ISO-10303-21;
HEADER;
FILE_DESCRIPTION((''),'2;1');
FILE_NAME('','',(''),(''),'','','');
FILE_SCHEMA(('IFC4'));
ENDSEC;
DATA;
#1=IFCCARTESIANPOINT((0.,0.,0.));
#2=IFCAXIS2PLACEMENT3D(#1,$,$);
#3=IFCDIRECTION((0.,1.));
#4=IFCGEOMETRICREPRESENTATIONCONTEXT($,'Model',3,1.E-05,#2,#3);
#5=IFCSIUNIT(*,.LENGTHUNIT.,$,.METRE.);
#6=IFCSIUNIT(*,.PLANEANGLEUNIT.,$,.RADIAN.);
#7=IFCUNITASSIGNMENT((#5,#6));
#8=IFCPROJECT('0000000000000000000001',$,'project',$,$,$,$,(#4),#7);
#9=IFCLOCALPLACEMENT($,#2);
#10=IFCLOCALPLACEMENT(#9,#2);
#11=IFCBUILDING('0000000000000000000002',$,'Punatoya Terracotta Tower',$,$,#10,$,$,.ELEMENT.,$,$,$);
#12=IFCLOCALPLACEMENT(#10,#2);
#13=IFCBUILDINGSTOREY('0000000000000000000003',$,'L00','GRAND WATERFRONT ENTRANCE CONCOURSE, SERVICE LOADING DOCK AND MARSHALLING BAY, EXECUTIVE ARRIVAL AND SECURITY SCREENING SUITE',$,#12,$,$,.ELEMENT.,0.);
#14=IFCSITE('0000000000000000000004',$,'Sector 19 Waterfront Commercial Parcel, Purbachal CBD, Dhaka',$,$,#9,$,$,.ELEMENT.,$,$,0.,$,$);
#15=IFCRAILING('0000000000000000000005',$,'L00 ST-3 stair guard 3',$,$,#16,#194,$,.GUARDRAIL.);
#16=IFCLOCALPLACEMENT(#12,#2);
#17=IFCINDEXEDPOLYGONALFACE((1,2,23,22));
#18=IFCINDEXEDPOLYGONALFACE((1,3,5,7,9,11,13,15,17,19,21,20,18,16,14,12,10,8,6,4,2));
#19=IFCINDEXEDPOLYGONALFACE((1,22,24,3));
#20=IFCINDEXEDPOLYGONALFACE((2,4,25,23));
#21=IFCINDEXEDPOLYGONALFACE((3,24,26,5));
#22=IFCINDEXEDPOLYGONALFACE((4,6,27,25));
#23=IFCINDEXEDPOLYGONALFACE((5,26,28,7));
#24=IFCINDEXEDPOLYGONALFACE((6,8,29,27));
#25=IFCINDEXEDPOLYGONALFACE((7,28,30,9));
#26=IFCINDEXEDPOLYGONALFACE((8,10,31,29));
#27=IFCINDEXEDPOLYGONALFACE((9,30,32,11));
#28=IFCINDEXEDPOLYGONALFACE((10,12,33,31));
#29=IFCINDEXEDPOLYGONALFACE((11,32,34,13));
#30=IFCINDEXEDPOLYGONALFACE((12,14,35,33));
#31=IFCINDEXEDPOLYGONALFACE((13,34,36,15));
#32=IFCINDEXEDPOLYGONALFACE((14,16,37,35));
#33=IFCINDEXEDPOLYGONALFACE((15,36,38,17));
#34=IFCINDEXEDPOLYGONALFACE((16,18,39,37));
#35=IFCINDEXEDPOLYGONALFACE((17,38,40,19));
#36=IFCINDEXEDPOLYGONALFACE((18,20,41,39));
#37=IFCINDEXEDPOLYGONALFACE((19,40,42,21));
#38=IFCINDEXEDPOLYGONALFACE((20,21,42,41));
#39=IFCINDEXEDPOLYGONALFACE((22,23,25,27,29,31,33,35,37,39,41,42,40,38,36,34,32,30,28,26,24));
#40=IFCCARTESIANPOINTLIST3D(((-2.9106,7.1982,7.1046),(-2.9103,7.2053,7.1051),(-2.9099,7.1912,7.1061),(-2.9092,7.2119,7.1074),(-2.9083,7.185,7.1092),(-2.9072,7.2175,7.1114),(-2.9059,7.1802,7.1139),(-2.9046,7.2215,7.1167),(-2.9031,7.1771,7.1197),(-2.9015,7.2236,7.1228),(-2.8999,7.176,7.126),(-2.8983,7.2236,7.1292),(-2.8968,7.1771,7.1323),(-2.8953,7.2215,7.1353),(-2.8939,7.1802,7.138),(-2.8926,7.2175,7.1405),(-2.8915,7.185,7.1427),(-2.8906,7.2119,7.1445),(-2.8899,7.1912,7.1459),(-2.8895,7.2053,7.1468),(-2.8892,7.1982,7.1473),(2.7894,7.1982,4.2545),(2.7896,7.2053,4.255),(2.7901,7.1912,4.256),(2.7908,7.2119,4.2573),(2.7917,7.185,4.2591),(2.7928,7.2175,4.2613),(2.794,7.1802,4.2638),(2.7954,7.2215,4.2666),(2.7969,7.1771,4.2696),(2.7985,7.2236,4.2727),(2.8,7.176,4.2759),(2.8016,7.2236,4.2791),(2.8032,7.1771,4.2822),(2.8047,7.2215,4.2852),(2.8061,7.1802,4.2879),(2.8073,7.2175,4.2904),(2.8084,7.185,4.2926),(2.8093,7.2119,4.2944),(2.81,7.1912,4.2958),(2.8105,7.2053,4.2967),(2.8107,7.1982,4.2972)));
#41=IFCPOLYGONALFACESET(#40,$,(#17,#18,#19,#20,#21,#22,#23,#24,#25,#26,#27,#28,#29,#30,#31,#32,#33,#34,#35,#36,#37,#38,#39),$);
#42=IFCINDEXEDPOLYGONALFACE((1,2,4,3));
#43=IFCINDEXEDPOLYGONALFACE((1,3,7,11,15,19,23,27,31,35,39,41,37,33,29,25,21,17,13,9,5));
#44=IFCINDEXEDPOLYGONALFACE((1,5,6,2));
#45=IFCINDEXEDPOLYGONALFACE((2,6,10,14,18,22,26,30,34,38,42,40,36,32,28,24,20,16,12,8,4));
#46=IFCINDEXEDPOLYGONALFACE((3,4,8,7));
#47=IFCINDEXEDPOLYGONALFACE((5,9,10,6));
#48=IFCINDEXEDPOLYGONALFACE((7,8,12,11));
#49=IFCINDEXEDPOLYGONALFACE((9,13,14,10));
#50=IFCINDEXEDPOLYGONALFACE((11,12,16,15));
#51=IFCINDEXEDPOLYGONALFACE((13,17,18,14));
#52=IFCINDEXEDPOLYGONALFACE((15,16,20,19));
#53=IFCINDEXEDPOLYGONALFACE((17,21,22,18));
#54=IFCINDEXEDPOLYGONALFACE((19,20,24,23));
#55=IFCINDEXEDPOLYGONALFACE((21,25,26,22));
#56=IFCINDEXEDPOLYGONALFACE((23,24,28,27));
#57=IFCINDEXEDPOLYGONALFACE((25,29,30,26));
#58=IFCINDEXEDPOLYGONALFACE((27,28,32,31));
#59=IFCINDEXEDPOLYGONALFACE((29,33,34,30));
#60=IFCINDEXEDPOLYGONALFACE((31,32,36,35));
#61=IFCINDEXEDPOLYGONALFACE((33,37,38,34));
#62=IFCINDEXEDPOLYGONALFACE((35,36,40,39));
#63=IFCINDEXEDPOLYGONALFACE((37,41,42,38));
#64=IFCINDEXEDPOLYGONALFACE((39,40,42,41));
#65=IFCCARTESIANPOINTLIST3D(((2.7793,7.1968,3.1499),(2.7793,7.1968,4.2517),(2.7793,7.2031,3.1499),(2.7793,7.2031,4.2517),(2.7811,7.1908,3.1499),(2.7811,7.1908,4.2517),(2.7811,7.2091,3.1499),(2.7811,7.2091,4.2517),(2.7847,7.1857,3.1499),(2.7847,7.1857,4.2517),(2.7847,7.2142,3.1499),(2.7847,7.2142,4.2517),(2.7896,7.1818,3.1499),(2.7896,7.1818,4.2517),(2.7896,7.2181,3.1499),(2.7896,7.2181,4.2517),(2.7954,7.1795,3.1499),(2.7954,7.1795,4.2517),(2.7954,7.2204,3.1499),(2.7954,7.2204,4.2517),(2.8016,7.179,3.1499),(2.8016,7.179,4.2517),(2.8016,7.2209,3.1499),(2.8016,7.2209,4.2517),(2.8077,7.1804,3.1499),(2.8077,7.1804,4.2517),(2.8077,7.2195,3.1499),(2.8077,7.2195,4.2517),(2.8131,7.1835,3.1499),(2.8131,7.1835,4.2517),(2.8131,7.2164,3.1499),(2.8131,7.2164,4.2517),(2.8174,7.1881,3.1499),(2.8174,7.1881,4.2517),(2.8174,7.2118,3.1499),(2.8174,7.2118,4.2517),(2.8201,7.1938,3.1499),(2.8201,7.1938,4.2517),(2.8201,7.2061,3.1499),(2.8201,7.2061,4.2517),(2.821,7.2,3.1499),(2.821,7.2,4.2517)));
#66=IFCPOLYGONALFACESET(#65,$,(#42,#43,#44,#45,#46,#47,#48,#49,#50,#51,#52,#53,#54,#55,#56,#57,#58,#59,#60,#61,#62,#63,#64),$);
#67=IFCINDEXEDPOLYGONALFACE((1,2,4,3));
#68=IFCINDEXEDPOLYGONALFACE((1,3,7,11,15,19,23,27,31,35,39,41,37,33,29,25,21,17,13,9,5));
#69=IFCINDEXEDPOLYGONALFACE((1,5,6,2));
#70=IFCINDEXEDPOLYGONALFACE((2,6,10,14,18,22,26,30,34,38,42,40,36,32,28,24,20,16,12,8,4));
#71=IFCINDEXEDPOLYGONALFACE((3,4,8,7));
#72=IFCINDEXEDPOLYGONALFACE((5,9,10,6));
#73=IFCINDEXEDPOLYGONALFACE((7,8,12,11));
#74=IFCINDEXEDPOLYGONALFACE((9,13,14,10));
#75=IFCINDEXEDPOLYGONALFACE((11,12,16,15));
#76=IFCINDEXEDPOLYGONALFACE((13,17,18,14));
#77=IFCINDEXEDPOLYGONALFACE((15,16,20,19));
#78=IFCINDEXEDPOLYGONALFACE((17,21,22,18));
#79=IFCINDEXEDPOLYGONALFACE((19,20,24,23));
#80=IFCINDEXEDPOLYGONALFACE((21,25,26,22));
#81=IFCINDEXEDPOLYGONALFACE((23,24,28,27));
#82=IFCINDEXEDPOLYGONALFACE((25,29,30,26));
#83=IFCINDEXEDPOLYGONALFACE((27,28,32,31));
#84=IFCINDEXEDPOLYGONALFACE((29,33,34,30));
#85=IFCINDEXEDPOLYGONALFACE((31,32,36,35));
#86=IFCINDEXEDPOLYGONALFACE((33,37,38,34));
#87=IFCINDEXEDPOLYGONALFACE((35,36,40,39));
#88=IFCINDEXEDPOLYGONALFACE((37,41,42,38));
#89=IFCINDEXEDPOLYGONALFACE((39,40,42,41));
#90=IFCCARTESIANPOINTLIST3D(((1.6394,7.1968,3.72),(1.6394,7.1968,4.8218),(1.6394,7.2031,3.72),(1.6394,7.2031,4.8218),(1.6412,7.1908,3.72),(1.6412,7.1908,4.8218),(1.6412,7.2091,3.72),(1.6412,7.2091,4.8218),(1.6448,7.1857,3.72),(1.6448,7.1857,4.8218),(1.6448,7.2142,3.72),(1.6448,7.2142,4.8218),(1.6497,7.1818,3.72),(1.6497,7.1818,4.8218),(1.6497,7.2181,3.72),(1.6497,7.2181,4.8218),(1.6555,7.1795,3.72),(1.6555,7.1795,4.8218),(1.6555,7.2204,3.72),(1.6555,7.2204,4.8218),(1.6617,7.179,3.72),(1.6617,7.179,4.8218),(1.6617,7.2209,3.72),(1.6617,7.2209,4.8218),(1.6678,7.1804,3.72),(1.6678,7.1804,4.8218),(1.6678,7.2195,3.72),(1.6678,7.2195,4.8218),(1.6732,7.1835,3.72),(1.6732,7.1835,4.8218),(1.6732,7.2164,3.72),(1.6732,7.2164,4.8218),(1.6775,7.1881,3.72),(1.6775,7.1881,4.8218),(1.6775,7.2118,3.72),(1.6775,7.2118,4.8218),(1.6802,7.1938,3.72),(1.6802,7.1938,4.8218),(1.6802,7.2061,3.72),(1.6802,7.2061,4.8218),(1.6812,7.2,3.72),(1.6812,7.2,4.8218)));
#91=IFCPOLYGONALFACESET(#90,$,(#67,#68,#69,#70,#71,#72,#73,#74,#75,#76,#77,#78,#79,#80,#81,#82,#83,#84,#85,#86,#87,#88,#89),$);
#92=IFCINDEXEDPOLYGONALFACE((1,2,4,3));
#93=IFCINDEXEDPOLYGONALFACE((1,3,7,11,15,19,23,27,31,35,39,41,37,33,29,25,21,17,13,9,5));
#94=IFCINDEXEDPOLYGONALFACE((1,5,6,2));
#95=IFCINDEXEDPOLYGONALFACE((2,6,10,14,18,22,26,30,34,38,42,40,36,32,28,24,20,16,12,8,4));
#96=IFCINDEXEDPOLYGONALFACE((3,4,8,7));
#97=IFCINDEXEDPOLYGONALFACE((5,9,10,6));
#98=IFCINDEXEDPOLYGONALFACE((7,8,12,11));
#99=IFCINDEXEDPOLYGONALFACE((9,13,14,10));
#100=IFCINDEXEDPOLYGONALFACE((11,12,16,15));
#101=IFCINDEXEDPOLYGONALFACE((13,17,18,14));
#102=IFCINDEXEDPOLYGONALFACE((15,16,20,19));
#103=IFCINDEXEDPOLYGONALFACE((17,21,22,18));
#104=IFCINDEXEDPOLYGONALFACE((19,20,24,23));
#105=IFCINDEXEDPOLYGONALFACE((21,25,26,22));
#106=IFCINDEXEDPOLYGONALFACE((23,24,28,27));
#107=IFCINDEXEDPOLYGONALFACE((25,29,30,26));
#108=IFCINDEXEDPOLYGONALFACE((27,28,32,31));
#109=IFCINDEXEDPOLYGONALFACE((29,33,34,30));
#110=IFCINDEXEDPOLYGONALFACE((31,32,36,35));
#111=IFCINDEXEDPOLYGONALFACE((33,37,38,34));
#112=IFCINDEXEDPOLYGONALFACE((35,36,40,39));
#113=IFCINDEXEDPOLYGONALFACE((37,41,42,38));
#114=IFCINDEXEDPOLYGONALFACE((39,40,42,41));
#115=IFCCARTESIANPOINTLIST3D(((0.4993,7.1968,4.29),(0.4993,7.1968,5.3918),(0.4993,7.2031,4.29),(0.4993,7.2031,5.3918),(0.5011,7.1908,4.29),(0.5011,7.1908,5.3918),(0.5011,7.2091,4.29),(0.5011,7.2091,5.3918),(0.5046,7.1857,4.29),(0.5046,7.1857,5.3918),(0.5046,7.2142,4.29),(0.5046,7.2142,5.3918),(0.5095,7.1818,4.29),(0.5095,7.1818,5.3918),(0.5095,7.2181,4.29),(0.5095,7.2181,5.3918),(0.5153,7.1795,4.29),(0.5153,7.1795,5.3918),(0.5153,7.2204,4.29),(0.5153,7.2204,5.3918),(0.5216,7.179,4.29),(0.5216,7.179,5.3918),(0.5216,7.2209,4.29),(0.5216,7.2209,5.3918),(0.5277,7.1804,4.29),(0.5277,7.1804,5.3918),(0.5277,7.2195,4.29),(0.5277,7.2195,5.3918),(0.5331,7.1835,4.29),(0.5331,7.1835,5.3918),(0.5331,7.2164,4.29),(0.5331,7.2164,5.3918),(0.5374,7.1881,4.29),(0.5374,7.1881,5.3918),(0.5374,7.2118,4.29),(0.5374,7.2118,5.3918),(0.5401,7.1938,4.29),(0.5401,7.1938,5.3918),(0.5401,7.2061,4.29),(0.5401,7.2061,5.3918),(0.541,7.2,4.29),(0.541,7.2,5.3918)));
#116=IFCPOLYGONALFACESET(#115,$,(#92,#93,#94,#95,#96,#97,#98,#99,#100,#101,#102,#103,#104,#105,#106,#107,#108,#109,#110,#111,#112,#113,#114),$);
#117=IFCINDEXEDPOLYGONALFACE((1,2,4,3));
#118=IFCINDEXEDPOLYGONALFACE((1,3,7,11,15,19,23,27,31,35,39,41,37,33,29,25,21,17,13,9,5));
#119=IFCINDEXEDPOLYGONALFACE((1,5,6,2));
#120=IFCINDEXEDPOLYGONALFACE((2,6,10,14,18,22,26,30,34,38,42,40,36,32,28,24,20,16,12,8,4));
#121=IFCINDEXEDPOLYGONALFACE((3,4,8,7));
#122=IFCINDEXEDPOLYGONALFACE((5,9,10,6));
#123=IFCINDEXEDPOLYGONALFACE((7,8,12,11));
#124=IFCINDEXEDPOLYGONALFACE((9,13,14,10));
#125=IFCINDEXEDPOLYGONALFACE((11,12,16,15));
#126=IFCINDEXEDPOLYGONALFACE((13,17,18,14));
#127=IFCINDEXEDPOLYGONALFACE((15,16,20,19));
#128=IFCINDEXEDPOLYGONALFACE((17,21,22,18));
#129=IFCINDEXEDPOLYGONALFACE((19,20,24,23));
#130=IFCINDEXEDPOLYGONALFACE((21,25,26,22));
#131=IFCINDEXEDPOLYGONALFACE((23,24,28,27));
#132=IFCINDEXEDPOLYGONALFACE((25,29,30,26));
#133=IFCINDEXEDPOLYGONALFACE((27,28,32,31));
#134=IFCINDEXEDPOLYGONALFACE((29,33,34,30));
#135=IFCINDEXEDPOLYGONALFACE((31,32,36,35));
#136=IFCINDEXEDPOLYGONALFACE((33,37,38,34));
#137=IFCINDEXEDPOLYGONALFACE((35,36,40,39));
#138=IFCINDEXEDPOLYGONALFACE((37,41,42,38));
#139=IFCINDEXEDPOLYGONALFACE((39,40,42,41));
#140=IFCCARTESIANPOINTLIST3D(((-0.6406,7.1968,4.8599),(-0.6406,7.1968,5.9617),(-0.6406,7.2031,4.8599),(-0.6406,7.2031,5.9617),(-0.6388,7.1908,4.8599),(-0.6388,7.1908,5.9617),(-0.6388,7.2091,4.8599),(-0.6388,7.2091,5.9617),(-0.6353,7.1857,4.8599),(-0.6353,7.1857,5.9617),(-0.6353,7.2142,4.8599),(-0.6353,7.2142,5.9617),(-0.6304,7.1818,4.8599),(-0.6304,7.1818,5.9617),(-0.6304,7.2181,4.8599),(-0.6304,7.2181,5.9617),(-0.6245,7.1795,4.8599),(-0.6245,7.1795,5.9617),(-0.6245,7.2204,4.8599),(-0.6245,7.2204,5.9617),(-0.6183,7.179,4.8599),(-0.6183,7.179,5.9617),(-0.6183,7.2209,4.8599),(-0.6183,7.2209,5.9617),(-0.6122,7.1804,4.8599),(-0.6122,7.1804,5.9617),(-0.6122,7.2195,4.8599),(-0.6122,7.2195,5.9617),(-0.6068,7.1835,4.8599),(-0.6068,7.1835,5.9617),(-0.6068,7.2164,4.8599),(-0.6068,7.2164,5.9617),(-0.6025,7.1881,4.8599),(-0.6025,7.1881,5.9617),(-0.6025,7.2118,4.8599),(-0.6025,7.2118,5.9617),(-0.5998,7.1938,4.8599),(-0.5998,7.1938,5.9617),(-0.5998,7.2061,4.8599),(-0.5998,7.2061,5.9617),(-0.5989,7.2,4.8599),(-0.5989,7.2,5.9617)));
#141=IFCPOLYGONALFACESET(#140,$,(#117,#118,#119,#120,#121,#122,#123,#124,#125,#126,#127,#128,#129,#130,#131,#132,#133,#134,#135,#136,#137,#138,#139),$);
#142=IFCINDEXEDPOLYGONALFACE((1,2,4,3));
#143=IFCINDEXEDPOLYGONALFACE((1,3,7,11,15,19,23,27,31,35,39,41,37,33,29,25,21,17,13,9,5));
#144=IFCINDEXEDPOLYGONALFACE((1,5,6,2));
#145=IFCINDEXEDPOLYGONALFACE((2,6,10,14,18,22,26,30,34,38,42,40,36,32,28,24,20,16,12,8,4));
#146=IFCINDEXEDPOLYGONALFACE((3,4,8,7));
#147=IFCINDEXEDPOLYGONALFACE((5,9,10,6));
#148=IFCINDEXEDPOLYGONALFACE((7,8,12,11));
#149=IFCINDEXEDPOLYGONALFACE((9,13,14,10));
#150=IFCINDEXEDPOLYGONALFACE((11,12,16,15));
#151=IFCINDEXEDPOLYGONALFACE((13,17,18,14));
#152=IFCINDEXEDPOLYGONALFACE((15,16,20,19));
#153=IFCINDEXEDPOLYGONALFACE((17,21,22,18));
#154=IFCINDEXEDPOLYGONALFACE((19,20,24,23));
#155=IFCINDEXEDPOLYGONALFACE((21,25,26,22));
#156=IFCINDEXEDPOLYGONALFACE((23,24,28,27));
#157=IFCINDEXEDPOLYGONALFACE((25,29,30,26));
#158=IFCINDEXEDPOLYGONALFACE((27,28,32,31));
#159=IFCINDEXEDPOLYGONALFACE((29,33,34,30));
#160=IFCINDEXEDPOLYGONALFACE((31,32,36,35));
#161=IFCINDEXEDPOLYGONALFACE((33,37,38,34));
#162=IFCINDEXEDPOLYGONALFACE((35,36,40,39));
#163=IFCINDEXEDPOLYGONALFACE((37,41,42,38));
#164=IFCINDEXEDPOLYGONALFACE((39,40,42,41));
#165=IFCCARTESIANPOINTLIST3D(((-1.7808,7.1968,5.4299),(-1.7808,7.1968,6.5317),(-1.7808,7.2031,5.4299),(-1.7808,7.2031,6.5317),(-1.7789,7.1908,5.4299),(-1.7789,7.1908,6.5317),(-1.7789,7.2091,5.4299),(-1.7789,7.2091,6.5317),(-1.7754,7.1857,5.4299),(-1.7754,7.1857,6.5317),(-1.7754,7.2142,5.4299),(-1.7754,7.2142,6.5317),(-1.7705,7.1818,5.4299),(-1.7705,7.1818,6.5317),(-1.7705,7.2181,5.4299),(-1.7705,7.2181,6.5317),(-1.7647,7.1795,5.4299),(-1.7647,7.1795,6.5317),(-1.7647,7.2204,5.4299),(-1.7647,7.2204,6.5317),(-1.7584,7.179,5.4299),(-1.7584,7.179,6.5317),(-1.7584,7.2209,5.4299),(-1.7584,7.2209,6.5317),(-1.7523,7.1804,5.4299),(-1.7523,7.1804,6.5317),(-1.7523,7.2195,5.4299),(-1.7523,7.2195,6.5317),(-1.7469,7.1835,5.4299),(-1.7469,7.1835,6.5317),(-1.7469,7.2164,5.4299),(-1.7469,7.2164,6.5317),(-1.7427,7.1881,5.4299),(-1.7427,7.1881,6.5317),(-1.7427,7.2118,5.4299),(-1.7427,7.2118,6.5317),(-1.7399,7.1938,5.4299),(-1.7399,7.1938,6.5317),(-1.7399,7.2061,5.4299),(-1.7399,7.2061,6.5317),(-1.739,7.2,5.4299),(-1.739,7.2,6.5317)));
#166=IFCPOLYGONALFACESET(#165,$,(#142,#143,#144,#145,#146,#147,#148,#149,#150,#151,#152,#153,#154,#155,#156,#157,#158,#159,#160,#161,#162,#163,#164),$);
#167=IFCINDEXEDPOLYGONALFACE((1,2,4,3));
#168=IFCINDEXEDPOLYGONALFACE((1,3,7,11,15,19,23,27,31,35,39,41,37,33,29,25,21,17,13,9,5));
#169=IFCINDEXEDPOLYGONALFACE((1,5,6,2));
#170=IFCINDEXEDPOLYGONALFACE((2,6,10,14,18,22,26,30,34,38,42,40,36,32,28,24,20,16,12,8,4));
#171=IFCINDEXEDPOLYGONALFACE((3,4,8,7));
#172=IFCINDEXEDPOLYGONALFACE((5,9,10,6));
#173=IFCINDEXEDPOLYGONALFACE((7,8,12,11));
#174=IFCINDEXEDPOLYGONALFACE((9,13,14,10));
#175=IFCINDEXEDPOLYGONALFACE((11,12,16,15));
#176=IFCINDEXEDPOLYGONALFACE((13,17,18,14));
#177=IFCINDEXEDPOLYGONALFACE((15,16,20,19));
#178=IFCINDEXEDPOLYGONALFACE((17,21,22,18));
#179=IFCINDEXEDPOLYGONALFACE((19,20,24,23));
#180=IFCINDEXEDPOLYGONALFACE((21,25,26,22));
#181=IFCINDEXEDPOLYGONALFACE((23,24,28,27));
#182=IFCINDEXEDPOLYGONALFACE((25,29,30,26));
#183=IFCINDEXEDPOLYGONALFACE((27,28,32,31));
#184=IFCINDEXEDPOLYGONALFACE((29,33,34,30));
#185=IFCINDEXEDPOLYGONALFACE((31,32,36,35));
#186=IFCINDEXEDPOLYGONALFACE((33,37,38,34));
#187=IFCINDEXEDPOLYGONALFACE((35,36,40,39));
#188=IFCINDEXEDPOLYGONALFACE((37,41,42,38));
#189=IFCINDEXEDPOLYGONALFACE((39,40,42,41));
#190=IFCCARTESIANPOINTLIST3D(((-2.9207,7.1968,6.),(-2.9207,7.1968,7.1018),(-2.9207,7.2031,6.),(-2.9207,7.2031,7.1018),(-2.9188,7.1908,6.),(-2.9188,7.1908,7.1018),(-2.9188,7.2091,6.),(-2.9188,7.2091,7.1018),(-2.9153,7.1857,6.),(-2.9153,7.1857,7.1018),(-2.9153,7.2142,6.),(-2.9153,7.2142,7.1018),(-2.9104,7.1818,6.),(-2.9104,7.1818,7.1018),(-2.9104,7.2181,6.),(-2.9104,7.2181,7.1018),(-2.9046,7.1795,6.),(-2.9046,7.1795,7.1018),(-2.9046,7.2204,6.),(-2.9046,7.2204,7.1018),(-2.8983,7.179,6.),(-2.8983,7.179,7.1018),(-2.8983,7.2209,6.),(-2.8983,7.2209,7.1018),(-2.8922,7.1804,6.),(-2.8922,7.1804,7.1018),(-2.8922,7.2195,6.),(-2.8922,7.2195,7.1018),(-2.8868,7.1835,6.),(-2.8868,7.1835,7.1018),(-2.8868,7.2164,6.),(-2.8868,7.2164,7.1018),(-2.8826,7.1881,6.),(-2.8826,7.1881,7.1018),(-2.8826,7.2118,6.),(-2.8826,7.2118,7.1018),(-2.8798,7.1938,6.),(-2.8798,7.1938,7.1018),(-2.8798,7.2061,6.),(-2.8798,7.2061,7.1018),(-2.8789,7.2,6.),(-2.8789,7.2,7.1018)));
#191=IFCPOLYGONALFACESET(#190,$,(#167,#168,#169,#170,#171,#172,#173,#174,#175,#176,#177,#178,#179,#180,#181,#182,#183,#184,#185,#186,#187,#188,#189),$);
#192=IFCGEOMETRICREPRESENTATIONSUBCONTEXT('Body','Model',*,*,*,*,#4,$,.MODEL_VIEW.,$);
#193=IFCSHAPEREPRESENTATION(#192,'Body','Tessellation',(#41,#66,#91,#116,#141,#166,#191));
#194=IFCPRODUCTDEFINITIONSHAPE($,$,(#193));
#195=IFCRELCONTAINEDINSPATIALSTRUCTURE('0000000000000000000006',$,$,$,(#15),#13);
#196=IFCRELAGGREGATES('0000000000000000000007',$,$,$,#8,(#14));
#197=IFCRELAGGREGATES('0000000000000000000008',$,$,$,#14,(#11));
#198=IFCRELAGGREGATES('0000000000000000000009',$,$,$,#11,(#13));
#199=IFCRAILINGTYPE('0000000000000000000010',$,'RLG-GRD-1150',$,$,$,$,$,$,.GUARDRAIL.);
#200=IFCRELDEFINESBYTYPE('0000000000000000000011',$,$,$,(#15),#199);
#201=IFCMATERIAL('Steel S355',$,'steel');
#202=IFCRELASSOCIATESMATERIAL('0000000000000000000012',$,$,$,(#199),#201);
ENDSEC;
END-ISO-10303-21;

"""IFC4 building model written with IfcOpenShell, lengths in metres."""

from ifc_helpers import new_model, si_unit, direction, frame, origin, origin_2d, place, context, subcontext, project, spatial, circle, extrude, material, type_object, element, save


model = new_model("IFC4")

# Units and contexts
model_context = context("Model", 3, precision=1e-05, world=origin(), true_north=direction((0.0, 1.0)))
body_context = subcontext(model_context, "Body", "Model", "MODEL_VIEW")
ifc_project = project(units=[si_unit("LENGTHUNIT", "METRE"), si_unit("PLANEANGLEUNIT", "RADIAN")], contexts=[model_context])

# Site, building, storey
site_placement = place(None, origin())
site = spatial("IfcSite", under=ifc_project, at=site_placement, Name="Sector 19 Waterfront Commercial Parcel, Purbachal CBD, Dhaka", CompositionType="ELEMENT", RefElevation=0.0)
building_placement = place(site_placement, origin())
building = spatial("IfcBuilding", under=site, at=building_placement, Name="Punatoya Terracotta Tower", CompositionType="ELEMENT")
storey_placement = place(building_placement, origin())
storey = spatial("IfcBuildingStorey", under=building, at=storey_placement, Name="L00", Description="GRAND WATERFRONT ENTRANCE CONCOURSE, SERVICE LOADING DOCK AND MARSHALLING BAY, EXECUTIVE ARRIVAL AND SECURITY SCREENING SUITE", CompositionType="ELEMENT", Elevation=0.0)

# Shared definitions
ifc_material_1 = material(Name="Steel S355", Category="steel")

# Railing
railing_type_1 = type_object("IfcRailingType", Name="RLG-GRD-1150", PredefinedType="GUARDRAIL", material=ifc_material_1)
railing_1_placement = place(storey_placement, frame((2.8, 7.2, 3.1499)))
element("IfcRailing", 1, at=railing_1_placement, inside=storey, type_object=railing_type_1, Name="L00 ST-3 stair guard 3", PredefinedType="GUARDRAIL", context=body_context, shape_type="SweptSolid", body=[
    extrude(circle(Radius=0.0239, at=origin_2d()), frame((0.0, 0.0, 1.126), z_axis=(-0.89442, 0.0, 0.447229), x_axis=(0.0, -1.0, 0.0)), (0.0, 0.0, 1.0), 6.3728),
    extrude(circle(Radius=0.021, at=origin_2d()), origin(), (0.0, 0.0, 1.0), 1.1018),
    extrude(circle(Radius=0.021, at=origin_2d()), frame((-1.1399, 0.0, 0.5701)), (0.0, 0.0, 1.0), 1.1018),
    extrude(circle(Radius=0.021, at=origin_2d()), frame((-2.28, 0.0, 1.1401)), (0.0, 0.0, 1.0), 1.1018),
    extrude(circle(Radius=0.021, at=origin_2d()), frame((-3.4199, 0.0, 1.71)), (0.0, 0.0, 1.0), 1.1018),
    extrude(circle(Radius=0.021, at=origin_2d()), frame((-4.5601, 0.0, 2.28)), (0.0, 0.0, 1.0), 1.1018),
    extrude(circle(Radius=0.021, at=origin_2d()), frame((-5.7, 0.0, 2.8501)), (0.0, 0.0, 1.0), 1.1018),
])

save(model, "model.ifc")
